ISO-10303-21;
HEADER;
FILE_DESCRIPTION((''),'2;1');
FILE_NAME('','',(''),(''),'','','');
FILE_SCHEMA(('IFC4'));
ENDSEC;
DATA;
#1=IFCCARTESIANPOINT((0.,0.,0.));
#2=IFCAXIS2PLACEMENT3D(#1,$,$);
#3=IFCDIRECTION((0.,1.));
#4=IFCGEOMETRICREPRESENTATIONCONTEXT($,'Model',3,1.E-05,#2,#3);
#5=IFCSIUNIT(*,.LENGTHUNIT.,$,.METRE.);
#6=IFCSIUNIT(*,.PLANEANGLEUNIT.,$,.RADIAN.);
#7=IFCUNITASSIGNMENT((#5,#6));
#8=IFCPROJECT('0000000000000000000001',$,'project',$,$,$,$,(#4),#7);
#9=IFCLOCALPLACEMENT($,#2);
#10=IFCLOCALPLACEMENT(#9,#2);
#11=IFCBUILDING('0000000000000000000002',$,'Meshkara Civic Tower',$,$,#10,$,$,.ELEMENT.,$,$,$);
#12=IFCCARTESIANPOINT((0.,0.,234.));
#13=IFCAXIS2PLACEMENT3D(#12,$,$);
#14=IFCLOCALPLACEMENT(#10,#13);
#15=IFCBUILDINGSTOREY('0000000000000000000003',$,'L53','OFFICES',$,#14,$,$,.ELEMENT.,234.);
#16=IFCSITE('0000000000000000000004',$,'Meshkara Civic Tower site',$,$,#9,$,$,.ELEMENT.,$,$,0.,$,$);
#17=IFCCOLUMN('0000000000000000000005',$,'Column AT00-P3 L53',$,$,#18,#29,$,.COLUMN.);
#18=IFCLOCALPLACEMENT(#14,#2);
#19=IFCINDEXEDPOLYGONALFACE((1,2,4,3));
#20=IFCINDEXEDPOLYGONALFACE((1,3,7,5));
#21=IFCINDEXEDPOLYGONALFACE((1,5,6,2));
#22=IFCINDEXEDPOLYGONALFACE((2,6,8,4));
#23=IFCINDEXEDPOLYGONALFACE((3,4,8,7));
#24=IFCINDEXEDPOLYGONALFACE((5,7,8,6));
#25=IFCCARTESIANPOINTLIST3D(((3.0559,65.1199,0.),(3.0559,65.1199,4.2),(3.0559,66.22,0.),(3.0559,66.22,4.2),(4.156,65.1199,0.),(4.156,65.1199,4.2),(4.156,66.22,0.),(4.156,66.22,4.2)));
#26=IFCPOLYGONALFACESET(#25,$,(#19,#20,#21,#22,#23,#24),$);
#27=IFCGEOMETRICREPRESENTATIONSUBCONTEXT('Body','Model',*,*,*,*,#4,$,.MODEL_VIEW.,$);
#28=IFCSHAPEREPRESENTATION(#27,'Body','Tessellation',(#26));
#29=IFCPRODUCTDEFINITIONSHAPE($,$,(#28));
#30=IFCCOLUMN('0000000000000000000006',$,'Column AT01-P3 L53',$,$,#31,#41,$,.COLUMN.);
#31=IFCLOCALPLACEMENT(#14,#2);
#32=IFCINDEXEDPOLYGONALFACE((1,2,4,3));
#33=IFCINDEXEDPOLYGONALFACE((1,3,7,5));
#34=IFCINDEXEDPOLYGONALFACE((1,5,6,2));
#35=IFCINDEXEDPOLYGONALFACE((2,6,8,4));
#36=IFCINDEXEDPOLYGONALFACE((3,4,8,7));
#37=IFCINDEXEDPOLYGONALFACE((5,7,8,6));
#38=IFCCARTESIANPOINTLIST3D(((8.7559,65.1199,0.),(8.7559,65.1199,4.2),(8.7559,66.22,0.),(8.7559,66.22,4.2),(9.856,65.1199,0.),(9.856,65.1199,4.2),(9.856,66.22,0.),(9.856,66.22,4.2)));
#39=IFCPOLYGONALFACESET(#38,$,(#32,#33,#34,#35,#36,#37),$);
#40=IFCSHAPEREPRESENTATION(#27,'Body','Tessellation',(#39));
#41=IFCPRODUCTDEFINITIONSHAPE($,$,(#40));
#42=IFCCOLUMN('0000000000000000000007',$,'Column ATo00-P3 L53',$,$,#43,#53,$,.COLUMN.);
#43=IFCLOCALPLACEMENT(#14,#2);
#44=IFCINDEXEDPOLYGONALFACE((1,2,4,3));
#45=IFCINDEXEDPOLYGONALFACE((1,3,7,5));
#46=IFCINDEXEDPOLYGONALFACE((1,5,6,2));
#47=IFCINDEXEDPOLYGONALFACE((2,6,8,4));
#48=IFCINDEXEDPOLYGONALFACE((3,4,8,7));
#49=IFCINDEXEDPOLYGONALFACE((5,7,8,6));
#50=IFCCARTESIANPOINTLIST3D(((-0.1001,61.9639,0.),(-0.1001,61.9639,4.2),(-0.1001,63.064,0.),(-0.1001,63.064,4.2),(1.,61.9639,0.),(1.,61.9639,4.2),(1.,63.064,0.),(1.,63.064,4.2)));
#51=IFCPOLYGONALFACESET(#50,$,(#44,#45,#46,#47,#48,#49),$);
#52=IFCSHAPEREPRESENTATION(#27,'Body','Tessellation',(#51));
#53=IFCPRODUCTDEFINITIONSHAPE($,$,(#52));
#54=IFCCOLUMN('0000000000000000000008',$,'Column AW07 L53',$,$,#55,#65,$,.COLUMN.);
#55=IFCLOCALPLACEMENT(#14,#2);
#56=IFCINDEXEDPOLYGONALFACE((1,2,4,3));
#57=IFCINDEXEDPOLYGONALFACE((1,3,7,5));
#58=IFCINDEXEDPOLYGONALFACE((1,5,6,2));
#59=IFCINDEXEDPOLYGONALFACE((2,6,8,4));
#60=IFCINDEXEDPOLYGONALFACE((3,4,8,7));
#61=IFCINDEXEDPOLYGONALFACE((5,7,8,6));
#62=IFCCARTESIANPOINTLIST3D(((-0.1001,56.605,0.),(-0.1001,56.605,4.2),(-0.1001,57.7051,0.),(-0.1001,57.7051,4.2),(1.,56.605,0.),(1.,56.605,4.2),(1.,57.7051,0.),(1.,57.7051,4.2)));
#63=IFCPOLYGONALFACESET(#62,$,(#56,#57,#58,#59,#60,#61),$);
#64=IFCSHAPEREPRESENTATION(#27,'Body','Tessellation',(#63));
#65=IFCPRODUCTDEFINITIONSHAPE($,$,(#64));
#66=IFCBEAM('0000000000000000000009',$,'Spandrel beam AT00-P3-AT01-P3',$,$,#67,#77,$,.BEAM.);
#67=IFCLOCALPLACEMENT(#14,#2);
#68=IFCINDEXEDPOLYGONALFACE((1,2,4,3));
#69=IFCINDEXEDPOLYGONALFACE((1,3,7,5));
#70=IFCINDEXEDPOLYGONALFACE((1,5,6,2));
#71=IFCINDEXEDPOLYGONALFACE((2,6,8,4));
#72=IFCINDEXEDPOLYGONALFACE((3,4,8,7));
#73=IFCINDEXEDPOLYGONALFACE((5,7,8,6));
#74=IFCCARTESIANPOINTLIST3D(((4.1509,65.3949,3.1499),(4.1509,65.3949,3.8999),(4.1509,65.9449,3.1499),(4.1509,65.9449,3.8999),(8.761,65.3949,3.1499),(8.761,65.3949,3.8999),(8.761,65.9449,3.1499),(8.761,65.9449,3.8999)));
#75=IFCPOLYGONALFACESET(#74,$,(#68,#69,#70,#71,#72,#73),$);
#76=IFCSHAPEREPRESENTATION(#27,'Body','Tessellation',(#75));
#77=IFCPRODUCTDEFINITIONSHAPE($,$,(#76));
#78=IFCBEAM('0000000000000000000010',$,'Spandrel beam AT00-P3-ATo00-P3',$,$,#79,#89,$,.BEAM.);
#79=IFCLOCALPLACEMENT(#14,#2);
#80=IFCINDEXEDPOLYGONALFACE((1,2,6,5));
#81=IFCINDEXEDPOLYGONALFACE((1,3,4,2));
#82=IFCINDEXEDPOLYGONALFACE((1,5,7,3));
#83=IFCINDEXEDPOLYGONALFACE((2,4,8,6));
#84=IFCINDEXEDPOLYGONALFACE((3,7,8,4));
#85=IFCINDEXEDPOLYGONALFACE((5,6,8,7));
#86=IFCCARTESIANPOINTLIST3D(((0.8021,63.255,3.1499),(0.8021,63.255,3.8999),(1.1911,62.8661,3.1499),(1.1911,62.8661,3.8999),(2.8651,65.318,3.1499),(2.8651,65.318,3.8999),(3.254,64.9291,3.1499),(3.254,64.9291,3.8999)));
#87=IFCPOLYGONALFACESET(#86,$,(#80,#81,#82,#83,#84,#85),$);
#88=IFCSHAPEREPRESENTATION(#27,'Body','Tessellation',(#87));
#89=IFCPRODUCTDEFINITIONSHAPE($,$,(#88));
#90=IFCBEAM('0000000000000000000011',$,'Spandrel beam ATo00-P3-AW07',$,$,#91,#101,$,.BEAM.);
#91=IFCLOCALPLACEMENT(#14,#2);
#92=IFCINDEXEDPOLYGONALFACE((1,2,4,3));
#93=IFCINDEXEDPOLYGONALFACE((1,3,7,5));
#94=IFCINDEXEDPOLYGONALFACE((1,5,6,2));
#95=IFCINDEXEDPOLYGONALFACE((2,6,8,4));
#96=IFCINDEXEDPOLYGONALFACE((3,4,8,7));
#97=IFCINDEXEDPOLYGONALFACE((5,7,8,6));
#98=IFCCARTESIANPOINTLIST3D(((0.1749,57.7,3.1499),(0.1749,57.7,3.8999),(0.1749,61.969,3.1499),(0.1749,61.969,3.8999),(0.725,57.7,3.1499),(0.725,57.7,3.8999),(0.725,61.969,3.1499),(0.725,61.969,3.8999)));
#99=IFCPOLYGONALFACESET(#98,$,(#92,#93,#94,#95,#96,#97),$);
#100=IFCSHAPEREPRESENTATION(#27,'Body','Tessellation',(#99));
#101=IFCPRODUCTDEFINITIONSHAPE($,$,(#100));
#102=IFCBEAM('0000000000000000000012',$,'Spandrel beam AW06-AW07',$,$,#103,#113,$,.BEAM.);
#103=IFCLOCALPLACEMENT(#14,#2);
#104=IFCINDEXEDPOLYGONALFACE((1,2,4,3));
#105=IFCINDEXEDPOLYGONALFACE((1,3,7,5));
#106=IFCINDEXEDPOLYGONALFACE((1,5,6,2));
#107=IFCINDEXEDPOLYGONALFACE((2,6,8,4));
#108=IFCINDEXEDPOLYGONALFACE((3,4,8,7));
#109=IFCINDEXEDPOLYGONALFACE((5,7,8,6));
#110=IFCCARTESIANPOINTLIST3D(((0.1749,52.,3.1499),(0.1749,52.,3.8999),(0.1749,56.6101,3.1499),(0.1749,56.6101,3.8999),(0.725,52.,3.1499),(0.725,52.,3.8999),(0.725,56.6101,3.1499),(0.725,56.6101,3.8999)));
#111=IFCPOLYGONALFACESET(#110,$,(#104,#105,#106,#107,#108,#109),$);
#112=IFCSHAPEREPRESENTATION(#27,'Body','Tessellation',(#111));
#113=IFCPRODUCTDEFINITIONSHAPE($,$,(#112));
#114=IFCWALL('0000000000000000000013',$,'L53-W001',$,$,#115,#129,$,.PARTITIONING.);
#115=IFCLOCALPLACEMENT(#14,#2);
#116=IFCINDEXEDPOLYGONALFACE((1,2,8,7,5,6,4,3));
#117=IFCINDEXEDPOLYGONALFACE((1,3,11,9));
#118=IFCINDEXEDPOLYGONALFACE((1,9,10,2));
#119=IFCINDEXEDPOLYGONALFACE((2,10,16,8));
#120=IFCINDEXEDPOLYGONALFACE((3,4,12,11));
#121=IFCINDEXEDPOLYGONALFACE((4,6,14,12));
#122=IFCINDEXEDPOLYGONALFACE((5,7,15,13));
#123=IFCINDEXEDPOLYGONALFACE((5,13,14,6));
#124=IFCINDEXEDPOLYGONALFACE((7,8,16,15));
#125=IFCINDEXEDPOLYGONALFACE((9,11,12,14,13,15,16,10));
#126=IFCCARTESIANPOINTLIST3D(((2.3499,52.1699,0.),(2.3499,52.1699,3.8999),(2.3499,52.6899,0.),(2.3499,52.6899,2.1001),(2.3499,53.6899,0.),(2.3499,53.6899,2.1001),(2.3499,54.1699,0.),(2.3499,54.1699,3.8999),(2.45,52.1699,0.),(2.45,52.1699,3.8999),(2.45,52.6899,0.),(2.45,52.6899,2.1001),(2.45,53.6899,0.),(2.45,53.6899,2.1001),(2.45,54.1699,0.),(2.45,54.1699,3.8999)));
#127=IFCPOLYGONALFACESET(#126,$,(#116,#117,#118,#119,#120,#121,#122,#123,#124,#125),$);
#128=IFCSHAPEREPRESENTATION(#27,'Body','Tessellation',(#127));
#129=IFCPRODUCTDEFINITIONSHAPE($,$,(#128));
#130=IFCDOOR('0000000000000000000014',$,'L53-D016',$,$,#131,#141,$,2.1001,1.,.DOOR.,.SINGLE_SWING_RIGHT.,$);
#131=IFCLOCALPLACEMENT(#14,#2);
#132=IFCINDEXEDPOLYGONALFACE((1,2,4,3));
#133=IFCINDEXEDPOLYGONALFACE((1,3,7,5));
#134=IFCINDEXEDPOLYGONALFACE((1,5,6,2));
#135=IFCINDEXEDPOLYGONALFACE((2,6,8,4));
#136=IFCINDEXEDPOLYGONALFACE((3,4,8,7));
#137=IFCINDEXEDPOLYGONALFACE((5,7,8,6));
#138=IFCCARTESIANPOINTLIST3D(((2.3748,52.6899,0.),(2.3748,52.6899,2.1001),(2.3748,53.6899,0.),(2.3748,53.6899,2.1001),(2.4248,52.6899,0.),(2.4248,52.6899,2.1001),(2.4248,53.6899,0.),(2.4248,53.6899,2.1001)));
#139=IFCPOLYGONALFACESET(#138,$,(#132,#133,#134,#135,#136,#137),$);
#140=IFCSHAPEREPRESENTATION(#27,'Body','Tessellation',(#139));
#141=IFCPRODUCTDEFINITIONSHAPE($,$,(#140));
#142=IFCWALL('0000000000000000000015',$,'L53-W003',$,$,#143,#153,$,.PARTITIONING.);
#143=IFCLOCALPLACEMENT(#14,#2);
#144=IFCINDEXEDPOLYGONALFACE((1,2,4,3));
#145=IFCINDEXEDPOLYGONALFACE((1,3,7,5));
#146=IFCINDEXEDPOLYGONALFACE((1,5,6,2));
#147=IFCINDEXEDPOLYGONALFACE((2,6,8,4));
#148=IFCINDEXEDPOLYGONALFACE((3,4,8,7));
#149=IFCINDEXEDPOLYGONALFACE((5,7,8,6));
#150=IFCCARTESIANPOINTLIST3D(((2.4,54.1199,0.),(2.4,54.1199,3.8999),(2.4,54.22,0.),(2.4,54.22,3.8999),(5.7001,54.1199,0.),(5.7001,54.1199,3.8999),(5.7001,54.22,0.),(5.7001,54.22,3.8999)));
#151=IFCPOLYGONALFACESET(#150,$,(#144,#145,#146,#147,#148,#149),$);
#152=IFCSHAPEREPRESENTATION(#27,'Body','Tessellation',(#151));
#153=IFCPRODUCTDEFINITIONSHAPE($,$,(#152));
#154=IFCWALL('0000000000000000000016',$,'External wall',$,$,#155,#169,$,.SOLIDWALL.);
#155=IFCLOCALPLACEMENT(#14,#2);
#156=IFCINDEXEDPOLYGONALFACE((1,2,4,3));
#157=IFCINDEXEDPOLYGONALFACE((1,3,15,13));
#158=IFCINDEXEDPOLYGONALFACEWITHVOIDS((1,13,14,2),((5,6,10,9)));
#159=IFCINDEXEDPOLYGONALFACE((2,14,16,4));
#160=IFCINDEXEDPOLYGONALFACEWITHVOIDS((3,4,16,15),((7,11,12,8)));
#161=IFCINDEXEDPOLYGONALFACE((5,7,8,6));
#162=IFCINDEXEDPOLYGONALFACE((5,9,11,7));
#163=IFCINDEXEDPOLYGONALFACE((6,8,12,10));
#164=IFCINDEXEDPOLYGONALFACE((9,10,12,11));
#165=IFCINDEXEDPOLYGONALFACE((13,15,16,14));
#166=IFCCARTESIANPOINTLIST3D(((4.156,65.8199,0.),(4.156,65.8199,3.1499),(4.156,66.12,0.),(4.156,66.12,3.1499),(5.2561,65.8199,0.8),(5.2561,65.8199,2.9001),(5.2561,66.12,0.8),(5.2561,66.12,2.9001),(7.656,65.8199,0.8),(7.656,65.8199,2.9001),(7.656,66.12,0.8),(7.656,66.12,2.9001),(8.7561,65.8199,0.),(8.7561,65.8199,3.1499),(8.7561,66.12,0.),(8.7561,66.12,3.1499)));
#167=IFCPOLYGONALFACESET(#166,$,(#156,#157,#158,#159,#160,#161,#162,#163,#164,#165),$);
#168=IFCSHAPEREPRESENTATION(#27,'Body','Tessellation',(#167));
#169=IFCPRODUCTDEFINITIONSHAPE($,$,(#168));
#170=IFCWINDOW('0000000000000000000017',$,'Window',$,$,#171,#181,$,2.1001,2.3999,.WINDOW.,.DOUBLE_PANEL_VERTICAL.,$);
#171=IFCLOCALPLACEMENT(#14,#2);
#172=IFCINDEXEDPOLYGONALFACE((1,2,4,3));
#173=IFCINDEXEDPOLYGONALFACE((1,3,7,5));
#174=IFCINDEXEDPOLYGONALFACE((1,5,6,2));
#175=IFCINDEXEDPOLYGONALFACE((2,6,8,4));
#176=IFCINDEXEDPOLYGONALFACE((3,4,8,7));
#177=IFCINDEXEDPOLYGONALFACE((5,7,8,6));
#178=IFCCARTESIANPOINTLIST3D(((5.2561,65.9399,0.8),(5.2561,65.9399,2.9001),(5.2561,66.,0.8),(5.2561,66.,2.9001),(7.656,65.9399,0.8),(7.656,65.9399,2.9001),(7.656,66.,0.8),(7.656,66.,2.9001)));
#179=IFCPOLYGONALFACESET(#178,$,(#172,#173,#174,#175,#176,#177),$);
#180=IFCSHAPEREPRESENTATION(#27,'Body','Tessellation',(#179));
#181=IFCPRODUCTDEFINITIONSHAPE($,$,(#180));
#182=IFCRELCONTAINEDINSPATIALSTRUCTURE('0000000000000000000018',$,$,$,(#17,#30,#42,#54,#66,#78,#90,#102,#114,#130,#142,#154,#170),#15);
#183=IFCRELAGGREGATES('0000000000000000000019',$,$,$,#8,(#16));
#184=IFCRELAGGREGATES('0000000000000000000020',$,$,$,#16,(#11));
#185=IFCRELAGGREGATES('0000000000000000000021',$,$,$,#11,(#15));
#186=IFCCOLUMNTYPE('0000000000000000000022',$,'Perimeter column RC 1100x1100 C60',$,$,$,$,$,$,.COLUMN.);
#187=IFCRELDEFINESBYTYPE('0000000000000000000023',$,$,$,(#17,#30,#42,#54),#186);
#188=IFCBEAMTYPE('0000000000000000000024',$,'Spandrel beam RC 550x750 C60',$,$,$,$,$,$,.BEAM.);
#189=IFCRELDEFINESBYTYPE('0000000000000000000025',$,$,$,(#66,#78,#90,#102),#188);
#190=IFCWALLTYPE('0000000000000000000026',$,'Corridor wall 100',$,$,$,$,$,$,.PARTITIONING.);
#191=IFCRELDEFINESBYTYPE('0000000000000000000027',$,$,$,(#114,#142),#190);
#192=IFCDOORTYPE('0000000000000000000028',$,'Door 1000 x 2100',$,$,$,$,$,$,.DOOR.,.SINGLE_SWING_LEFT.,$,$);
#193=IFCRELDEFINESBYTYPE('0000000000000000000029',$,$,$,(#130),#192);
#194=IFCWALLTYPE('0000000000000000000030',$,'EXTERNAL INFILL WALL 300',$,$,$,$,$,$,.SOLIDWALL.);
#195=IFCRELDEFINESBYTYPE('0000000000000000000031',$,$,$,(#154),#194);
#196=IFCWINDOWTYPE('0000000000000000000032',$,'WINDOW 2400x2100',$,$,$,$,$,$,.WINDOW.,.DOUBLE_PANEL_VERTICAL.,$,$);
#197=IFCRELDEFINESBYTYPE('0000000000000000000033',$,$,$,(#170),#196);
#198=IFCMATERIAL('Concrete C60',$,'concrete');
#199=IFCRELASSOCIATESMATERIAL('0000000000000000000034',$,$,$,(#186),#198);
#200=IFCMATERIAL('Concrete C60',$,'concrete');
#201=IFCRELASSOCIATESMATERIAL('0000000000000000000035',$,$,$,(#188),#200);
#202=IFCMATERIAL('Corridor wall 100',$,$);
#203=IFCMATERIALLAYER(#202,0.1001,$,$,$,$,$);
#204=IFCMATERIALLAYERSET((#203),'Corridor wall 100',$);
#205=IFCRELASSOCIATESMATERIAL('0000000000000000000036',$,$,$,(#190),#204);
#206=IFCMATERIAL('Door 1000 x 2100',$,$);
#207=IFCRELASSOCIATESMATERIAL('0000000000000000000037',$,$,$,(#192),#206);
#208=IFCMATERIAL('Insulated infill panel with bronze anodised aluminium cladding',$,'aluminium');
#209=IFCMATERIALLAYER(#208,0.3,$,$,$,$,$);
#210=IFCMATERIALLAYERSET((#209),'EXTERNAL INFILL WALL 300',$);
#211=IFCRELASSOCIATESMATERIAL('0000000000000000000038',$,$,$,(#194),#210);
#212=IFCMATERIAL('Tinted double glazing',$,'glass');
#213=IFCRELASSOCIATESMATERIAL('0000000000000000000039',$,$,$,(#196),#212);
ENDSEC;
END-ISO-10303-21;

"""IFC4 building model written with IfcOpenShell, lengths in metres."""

from ifc_helpers import new_model, si_unit, direction, frame, frame_2d, origin, origin_2d, place, context, subcontext, project, spatial, rectangle, extrude, material, layer, layer_set, material_profile, profile_set, type_object, element, fill, save


model = new_model("IFC4")

# Units and contexts
model_context = context("Model", 3, precision=1e-05, world=origin(), true_north=direction((0.0, 1.0)))
body_context = subcontext(model_context, "Body", "Model", "MODEL_VIEW")
ifc_project = project(units=[si_unit("LENGTHUNIT", "METRE"), si_unit("PLANEANGLEUNIT", "RADIAN")], contexts=[model_context])

# Site, building, storey
site_placement = place(None, origin())
site = spatial("IfcSite", under=ifc_project, at=site_placement, Name="Meshkara Civic Tower site", CompositionType="ELEMENT", RefElevation=0.0)
building_placement = place(site_placement, origin())
building = spatial("IfcBuilding", under=site, at=building_placement, Name="Meshkara Civic Tower", CompositionType="ELEMENT")
storey_placement = place(building_placement, frame((0.0, 0.0, 234.0)))
storey = spatial("IfcBuildingStorey", under=building, at=storey_placement, Name="L53", Description="OFFICES", CompositionType="ELEMENT", Elevation=234.0)

# Columns
ifc_material_1 = material(Name="Concrete C60", Category="concrete")
ifc_material_profile_1 = material_profile(ifc_material_1, rectangle(XDim=1.1001, YDim=1.1001, at=origin_2d()))
ifc_profile_set_1 = profile_set([ifc_material_profile_1], Name="Concrete C60")
column_type = type_object("IfcColumnType", Name="Perimeter column RC 1100x1100 C60", PredefinedType="COLUMN", material=ifc_profile_set_1)
for number, where, z_axis, x_axis, name in (
    (1, (3.606, 65.6699, 0.0), (0.0, 0.0, 1.0), (1.0, 0.0, 0.0), "Column AT00-P3 L53"),
    (2, (9.3059, 65.6699, 0.0), (0.0, 0.0, 1.0), (1.0, 0.0, 0.0), "Column AT01-P3 L53"),
    (3, (0.45, 62.5139, 0.0), (0.0, 0.0, 1.0), (1.0, 0.0, 0.0), "Column ATo00-P3 L53"),
    (4, (0.45, 57.155, 0.0), (0.0, 0.0, 1.0), (1.0, 0.0, 0.0), "Column AW07 L53"),
):
    element("IfcColumn", number, at=place(storey_placement, frame(where, z_axis=z_axis, x_axis=x_axis)), inside=storey, type_object=column_type, Name=name, PredefinedType="COLUMN", context=body_context, shape_type="SweptSolid", body=[
        extrude(rectangle(XDim=1.1001, YDim=1.1001, at=origin_2d()), origin(), (0.0, 0.0, 1.0), 4.2),
    ])

# Beams
ifc_material_2 = material(Name="Concrete C60", Category="concrete")
ifc_material_profile_2 = material_profile(ifc_material_2, rectangle(XDim=0.55, YDim=0.75, at=origin_2d()))
ifc_profile_set_2 = profile_set([ifc_material_profile_2], Name="Concrete C60")
beam_type = type_object("IfcBeamType", Name="Spandrel beam RC 550x750 C60", PredefinedType="BEAM", material=ifc_profile_set_2)
beam_1_placement = place(storey_placement, frame((8.761, 65.6699, 3.5249), z_axis=(-1.0, 0.0, 0.0), x_axis=(0.0, -1.0, 0.0)))
element("IfcBeam", 5, at=beam_1_placement, inside=storey, type_object=beam_type, Name="Spandrel beam AT00-P3-AT01-P3", PredefinedType="BEAM", context=body_context, shape_type="SweptSolid", body=[
    extrude(rectangle(XDim=0.55, YDim=0.75, at=origin_2d()), origin(), (0.0, 0.0, 1.0), 4.6101),
])
beam_2_placement = place(storey_placement, frame((3.0596, 65.1235, 3.5249), z_axis=(-0.707107, -0.707107, 0.0), x_axis=(0.707107, -0.707107, 0.0)))
element("IfcBeam", 6, at=beam_2_placement, inside=storey, type_object=beam_type, Name="Spandrel beam AT00-P3-ATo00-P3", PredefinedType="BEAM", context=body_context, shape_type="SweptSolid", body=[
    extrude(rectangle(XDim=0.55, YDim=0.75, at=origin_2d()), origin(), (0.0, 0.0, 1.0), 2.9175),
])
beam_3_placement = place(storey_placement, frame((0.45, 61.969, 3.5249), z_axis=(0.0, -1.0, 0.0), x_axis=(1.0, 0.0, 0.0)))
element("IfcBeam", 7, at=beam_3_placement, inside=storey, type_object=beam_type, Name="Spandrel beam ATo00-P3-AW07", PredefinedType="BEAM", context=body_context, shape_type="SweptSolid", body=[
    extrude(rectangle(XDim=0.55, YDim=0.75, at=origin_2d()), origin(), (0.0, 0.0, 1.0), 4.269),
])
beam_4_placement = place(storey_placement, frame((0.45, 56.6101, 3.5249), z_axis=(0.0, -1.0, 0.0), x_axis=(1.0, 0.0, 0.0)))
element("IfcBeam", 8, at=beam_4_placement, inside=storey, type_object=beam_type, Name="Spandrel beam AW06-AW07", PredefinedType="BEAM", context=body_context, shape_type="SweptSolid", body=[
    extrude(rectangle(XDim=0.55, YDim=0.75, at=origin_2d()), origin(), (0.0, 0.0, 1.0), 4.6101),
])

# Wall, opening, door
ifc_material_3 = material(Name="Corridor wall 100")
ifc_layer_1 = layer(ifc_material_3, 0.1001)
ifc_layer_set_1 = layer_set([ifc_layer_1], Name="Corridor wall 100")
wall_type_1 = type_object("IfcWallType", Name="Corridor wall 100", PredefinedType="PARTITIONING", material=ifc_layer_set_1)
wall_1_placement = place(storey_placement, frame((2.3999, 54.1699, 0.0), z_axis=(0.0, 0.0, 1.0), x_axis=(0.0, -1.0, 0.0)))
wall_1 = element("IfcWall", 9, at=wall_1_placement, inside=storey, type_object=wall_type_1, Name="L53-W001", PredefinedType="PARTITIONING", context=body_context, shape_type="SweptSolid", body=[
    extrude(rectangle(XDim=2.0, YDim=0.1001, at=frame_2d((1.0, 0.0))), origin(), (0.0, 0.0, 1.0), 3.8999),
])
opening_1_placement = place(wall_1_placement, frame((0.48, 0.0, 0.0)))
opening_1 = element("IfcOpeningElement", 10, at=opening_1_placement, cuts=wall_1, PredefinedType="OPENING", context=body_context, shape_type="SweptSolid", body=[
    extrude(rectangle(XDim=1.0, YDim=2.1001, at=frame_2d((0.5, 1.05))), frame((0.0, 0.0601, 0.0), z_axis=(0.0, -1.0, 0.0), x_axis=(1.0, 0.0, 0.0)), (0.0, 0.0, 1.0), 0.1201),
])
ifc_material_4 = material(Name="Door 1000 x 2100")
door_type_1 = type_object("IfcDoorType", Name="Door 1000 x 2100", OperationType="SINGLE_SWING_LEFT", PredefinedType="DOOR", material=ifc_material_4)
door_1_placement = place(opening_1_placement, origin())
door_1 = element("IfcDoor", 11, at=door_1_placement, inside=storey, type_object=door_type_1, Name="L53-D016", OperationType="SINGLE_SWING_RIGHT", OverallHeight=2.1001, OverallWidth=1.0, PredefinedType="DOOR", context=body_context, shape_type="SweptSolid", body=[
    extrude(rectangle(XDim=1.0, YDim=2.1001, at=frame_2d((0.5, 1.05))), frame((0.0, 0.0249, 0.0), z_axis=(0.0, -1.0, 0.0), x_axis=(1.0, 0.0, 0.0)), (0.0, 0.0, 1.0), 0.05),
])
fill(opening_1, door_1)

# Wall
wall_2_placement = place(storey_placement, frame((5.7, 54.1699, 0.0), z_axis=(0.0, 0.0, 1.0), x_axis=(-1.0, 0.0, 0.0)))
element("IfcWall", 12, at=wall_2_placement, inside=storey, type_object=wall_type_1, Name="L53-W003", PredefinedType="PARTITIONING", context=body_context, shape_type="SweptSolid", body=[
    extrude(rectangle(XDim=3.3, YDim=0.1001, at=frame_2d((1.6499, 0.0))), origin(), (0.0, 0.0, 1.0), 3.8999),
])

# Wall, opening, window
ifc_material_5 = material(Name="Insulated infill panel with bronze anodised aluminium cladding", Category="aluminium")
ifc_layer_2 = layer(ifc_material_5, 0.3)
ifc_layer_set_2 = layer_set([ifc_layer_2], Name="EXTERNAL INFILL WALL 300")
wall_type_2 = type_object("IfcWallType", Name="EXTERNAL INFILL WALL 300", PredefinedType="SOLIDWALL", material=ifc_layer_set_2)
wall_3_placement = place(storey_placement, frame((8.7561, 65.97, 0.0), z_axis=(0.0, 0.0, 1.0), x_axis=(-1.0, 0.0, 0.0)))
wall_3 = element("IfcWall", 13, at=wall_3_placement, inside=storey, type_object=wall_type_2, Name="External wall", PredefinedType="SOLIDWALL", context=body_context, shape_type="SweptSolid", body=[
    extrude(rectangle(XDim=4.6001, YDim=0.3, at=frame_2d((2.3, 0.0))), origin(), (0.0, 0.0, 1.0), 3.1499),
])
opening_2_placement = place(wall_3_placement, frame((1.1001, 0.0, 0.8)))
opening_2 = element("IfcOpeningElement", 14, at=opening_2_placement, cuts=wall_3, PredefinedType="OPENING", context=body_context, shape_type="SweptSolid", body=[
    extrude(rectangle(XDim=2.3999, YDim=2.1001, at=frame_2d((1.2, 1.05))), frame((0.0, 0.1599, 0.0), z_axis=(0.0, -1.0, 0.0), x_axis=(1.0, 0.0, 0.0)), (0.0, 0.0, 1.0), 0.3201),
])
ifc_material_6 = material(Name="Tinted double glazing", Category="glass")
window_type_1 = type_object("IfcWindowType", Name="WINDOW 2400x2100", PartitioningType="DOUBLE_PANEL_VERTICAL", PredefinedType="WINDOW", material=ifc_material_6)
window_1_placement = place(opening_2_placement, origin())
window_1 = element("IfcWindow", 15, at=window_1_placement, inside=storey, type_object=window_type_1, Name="Window", OverallHeight=2.1001, OverallWidth=2.3999, PartitioningType="DOUBLE_PANEL_VERTICAL", PredefinedType="WINDOW", context=body_context, shape_type="SweptSolid", body=[
    extrude(rectangle(XDim=2.3999, YDim=2.1001, at=frame_2d((1.2, 1.05))), frame((0.0, 0.03, 0.0), z_axis=(0.0, -1.0, 0.0), x_axis=(1.0, 0.0, 0.0)), (0.0, 0.0, 1.0), 0.0601),
])
fill(opening_2, window_1)

save(model, "model.ifc")
